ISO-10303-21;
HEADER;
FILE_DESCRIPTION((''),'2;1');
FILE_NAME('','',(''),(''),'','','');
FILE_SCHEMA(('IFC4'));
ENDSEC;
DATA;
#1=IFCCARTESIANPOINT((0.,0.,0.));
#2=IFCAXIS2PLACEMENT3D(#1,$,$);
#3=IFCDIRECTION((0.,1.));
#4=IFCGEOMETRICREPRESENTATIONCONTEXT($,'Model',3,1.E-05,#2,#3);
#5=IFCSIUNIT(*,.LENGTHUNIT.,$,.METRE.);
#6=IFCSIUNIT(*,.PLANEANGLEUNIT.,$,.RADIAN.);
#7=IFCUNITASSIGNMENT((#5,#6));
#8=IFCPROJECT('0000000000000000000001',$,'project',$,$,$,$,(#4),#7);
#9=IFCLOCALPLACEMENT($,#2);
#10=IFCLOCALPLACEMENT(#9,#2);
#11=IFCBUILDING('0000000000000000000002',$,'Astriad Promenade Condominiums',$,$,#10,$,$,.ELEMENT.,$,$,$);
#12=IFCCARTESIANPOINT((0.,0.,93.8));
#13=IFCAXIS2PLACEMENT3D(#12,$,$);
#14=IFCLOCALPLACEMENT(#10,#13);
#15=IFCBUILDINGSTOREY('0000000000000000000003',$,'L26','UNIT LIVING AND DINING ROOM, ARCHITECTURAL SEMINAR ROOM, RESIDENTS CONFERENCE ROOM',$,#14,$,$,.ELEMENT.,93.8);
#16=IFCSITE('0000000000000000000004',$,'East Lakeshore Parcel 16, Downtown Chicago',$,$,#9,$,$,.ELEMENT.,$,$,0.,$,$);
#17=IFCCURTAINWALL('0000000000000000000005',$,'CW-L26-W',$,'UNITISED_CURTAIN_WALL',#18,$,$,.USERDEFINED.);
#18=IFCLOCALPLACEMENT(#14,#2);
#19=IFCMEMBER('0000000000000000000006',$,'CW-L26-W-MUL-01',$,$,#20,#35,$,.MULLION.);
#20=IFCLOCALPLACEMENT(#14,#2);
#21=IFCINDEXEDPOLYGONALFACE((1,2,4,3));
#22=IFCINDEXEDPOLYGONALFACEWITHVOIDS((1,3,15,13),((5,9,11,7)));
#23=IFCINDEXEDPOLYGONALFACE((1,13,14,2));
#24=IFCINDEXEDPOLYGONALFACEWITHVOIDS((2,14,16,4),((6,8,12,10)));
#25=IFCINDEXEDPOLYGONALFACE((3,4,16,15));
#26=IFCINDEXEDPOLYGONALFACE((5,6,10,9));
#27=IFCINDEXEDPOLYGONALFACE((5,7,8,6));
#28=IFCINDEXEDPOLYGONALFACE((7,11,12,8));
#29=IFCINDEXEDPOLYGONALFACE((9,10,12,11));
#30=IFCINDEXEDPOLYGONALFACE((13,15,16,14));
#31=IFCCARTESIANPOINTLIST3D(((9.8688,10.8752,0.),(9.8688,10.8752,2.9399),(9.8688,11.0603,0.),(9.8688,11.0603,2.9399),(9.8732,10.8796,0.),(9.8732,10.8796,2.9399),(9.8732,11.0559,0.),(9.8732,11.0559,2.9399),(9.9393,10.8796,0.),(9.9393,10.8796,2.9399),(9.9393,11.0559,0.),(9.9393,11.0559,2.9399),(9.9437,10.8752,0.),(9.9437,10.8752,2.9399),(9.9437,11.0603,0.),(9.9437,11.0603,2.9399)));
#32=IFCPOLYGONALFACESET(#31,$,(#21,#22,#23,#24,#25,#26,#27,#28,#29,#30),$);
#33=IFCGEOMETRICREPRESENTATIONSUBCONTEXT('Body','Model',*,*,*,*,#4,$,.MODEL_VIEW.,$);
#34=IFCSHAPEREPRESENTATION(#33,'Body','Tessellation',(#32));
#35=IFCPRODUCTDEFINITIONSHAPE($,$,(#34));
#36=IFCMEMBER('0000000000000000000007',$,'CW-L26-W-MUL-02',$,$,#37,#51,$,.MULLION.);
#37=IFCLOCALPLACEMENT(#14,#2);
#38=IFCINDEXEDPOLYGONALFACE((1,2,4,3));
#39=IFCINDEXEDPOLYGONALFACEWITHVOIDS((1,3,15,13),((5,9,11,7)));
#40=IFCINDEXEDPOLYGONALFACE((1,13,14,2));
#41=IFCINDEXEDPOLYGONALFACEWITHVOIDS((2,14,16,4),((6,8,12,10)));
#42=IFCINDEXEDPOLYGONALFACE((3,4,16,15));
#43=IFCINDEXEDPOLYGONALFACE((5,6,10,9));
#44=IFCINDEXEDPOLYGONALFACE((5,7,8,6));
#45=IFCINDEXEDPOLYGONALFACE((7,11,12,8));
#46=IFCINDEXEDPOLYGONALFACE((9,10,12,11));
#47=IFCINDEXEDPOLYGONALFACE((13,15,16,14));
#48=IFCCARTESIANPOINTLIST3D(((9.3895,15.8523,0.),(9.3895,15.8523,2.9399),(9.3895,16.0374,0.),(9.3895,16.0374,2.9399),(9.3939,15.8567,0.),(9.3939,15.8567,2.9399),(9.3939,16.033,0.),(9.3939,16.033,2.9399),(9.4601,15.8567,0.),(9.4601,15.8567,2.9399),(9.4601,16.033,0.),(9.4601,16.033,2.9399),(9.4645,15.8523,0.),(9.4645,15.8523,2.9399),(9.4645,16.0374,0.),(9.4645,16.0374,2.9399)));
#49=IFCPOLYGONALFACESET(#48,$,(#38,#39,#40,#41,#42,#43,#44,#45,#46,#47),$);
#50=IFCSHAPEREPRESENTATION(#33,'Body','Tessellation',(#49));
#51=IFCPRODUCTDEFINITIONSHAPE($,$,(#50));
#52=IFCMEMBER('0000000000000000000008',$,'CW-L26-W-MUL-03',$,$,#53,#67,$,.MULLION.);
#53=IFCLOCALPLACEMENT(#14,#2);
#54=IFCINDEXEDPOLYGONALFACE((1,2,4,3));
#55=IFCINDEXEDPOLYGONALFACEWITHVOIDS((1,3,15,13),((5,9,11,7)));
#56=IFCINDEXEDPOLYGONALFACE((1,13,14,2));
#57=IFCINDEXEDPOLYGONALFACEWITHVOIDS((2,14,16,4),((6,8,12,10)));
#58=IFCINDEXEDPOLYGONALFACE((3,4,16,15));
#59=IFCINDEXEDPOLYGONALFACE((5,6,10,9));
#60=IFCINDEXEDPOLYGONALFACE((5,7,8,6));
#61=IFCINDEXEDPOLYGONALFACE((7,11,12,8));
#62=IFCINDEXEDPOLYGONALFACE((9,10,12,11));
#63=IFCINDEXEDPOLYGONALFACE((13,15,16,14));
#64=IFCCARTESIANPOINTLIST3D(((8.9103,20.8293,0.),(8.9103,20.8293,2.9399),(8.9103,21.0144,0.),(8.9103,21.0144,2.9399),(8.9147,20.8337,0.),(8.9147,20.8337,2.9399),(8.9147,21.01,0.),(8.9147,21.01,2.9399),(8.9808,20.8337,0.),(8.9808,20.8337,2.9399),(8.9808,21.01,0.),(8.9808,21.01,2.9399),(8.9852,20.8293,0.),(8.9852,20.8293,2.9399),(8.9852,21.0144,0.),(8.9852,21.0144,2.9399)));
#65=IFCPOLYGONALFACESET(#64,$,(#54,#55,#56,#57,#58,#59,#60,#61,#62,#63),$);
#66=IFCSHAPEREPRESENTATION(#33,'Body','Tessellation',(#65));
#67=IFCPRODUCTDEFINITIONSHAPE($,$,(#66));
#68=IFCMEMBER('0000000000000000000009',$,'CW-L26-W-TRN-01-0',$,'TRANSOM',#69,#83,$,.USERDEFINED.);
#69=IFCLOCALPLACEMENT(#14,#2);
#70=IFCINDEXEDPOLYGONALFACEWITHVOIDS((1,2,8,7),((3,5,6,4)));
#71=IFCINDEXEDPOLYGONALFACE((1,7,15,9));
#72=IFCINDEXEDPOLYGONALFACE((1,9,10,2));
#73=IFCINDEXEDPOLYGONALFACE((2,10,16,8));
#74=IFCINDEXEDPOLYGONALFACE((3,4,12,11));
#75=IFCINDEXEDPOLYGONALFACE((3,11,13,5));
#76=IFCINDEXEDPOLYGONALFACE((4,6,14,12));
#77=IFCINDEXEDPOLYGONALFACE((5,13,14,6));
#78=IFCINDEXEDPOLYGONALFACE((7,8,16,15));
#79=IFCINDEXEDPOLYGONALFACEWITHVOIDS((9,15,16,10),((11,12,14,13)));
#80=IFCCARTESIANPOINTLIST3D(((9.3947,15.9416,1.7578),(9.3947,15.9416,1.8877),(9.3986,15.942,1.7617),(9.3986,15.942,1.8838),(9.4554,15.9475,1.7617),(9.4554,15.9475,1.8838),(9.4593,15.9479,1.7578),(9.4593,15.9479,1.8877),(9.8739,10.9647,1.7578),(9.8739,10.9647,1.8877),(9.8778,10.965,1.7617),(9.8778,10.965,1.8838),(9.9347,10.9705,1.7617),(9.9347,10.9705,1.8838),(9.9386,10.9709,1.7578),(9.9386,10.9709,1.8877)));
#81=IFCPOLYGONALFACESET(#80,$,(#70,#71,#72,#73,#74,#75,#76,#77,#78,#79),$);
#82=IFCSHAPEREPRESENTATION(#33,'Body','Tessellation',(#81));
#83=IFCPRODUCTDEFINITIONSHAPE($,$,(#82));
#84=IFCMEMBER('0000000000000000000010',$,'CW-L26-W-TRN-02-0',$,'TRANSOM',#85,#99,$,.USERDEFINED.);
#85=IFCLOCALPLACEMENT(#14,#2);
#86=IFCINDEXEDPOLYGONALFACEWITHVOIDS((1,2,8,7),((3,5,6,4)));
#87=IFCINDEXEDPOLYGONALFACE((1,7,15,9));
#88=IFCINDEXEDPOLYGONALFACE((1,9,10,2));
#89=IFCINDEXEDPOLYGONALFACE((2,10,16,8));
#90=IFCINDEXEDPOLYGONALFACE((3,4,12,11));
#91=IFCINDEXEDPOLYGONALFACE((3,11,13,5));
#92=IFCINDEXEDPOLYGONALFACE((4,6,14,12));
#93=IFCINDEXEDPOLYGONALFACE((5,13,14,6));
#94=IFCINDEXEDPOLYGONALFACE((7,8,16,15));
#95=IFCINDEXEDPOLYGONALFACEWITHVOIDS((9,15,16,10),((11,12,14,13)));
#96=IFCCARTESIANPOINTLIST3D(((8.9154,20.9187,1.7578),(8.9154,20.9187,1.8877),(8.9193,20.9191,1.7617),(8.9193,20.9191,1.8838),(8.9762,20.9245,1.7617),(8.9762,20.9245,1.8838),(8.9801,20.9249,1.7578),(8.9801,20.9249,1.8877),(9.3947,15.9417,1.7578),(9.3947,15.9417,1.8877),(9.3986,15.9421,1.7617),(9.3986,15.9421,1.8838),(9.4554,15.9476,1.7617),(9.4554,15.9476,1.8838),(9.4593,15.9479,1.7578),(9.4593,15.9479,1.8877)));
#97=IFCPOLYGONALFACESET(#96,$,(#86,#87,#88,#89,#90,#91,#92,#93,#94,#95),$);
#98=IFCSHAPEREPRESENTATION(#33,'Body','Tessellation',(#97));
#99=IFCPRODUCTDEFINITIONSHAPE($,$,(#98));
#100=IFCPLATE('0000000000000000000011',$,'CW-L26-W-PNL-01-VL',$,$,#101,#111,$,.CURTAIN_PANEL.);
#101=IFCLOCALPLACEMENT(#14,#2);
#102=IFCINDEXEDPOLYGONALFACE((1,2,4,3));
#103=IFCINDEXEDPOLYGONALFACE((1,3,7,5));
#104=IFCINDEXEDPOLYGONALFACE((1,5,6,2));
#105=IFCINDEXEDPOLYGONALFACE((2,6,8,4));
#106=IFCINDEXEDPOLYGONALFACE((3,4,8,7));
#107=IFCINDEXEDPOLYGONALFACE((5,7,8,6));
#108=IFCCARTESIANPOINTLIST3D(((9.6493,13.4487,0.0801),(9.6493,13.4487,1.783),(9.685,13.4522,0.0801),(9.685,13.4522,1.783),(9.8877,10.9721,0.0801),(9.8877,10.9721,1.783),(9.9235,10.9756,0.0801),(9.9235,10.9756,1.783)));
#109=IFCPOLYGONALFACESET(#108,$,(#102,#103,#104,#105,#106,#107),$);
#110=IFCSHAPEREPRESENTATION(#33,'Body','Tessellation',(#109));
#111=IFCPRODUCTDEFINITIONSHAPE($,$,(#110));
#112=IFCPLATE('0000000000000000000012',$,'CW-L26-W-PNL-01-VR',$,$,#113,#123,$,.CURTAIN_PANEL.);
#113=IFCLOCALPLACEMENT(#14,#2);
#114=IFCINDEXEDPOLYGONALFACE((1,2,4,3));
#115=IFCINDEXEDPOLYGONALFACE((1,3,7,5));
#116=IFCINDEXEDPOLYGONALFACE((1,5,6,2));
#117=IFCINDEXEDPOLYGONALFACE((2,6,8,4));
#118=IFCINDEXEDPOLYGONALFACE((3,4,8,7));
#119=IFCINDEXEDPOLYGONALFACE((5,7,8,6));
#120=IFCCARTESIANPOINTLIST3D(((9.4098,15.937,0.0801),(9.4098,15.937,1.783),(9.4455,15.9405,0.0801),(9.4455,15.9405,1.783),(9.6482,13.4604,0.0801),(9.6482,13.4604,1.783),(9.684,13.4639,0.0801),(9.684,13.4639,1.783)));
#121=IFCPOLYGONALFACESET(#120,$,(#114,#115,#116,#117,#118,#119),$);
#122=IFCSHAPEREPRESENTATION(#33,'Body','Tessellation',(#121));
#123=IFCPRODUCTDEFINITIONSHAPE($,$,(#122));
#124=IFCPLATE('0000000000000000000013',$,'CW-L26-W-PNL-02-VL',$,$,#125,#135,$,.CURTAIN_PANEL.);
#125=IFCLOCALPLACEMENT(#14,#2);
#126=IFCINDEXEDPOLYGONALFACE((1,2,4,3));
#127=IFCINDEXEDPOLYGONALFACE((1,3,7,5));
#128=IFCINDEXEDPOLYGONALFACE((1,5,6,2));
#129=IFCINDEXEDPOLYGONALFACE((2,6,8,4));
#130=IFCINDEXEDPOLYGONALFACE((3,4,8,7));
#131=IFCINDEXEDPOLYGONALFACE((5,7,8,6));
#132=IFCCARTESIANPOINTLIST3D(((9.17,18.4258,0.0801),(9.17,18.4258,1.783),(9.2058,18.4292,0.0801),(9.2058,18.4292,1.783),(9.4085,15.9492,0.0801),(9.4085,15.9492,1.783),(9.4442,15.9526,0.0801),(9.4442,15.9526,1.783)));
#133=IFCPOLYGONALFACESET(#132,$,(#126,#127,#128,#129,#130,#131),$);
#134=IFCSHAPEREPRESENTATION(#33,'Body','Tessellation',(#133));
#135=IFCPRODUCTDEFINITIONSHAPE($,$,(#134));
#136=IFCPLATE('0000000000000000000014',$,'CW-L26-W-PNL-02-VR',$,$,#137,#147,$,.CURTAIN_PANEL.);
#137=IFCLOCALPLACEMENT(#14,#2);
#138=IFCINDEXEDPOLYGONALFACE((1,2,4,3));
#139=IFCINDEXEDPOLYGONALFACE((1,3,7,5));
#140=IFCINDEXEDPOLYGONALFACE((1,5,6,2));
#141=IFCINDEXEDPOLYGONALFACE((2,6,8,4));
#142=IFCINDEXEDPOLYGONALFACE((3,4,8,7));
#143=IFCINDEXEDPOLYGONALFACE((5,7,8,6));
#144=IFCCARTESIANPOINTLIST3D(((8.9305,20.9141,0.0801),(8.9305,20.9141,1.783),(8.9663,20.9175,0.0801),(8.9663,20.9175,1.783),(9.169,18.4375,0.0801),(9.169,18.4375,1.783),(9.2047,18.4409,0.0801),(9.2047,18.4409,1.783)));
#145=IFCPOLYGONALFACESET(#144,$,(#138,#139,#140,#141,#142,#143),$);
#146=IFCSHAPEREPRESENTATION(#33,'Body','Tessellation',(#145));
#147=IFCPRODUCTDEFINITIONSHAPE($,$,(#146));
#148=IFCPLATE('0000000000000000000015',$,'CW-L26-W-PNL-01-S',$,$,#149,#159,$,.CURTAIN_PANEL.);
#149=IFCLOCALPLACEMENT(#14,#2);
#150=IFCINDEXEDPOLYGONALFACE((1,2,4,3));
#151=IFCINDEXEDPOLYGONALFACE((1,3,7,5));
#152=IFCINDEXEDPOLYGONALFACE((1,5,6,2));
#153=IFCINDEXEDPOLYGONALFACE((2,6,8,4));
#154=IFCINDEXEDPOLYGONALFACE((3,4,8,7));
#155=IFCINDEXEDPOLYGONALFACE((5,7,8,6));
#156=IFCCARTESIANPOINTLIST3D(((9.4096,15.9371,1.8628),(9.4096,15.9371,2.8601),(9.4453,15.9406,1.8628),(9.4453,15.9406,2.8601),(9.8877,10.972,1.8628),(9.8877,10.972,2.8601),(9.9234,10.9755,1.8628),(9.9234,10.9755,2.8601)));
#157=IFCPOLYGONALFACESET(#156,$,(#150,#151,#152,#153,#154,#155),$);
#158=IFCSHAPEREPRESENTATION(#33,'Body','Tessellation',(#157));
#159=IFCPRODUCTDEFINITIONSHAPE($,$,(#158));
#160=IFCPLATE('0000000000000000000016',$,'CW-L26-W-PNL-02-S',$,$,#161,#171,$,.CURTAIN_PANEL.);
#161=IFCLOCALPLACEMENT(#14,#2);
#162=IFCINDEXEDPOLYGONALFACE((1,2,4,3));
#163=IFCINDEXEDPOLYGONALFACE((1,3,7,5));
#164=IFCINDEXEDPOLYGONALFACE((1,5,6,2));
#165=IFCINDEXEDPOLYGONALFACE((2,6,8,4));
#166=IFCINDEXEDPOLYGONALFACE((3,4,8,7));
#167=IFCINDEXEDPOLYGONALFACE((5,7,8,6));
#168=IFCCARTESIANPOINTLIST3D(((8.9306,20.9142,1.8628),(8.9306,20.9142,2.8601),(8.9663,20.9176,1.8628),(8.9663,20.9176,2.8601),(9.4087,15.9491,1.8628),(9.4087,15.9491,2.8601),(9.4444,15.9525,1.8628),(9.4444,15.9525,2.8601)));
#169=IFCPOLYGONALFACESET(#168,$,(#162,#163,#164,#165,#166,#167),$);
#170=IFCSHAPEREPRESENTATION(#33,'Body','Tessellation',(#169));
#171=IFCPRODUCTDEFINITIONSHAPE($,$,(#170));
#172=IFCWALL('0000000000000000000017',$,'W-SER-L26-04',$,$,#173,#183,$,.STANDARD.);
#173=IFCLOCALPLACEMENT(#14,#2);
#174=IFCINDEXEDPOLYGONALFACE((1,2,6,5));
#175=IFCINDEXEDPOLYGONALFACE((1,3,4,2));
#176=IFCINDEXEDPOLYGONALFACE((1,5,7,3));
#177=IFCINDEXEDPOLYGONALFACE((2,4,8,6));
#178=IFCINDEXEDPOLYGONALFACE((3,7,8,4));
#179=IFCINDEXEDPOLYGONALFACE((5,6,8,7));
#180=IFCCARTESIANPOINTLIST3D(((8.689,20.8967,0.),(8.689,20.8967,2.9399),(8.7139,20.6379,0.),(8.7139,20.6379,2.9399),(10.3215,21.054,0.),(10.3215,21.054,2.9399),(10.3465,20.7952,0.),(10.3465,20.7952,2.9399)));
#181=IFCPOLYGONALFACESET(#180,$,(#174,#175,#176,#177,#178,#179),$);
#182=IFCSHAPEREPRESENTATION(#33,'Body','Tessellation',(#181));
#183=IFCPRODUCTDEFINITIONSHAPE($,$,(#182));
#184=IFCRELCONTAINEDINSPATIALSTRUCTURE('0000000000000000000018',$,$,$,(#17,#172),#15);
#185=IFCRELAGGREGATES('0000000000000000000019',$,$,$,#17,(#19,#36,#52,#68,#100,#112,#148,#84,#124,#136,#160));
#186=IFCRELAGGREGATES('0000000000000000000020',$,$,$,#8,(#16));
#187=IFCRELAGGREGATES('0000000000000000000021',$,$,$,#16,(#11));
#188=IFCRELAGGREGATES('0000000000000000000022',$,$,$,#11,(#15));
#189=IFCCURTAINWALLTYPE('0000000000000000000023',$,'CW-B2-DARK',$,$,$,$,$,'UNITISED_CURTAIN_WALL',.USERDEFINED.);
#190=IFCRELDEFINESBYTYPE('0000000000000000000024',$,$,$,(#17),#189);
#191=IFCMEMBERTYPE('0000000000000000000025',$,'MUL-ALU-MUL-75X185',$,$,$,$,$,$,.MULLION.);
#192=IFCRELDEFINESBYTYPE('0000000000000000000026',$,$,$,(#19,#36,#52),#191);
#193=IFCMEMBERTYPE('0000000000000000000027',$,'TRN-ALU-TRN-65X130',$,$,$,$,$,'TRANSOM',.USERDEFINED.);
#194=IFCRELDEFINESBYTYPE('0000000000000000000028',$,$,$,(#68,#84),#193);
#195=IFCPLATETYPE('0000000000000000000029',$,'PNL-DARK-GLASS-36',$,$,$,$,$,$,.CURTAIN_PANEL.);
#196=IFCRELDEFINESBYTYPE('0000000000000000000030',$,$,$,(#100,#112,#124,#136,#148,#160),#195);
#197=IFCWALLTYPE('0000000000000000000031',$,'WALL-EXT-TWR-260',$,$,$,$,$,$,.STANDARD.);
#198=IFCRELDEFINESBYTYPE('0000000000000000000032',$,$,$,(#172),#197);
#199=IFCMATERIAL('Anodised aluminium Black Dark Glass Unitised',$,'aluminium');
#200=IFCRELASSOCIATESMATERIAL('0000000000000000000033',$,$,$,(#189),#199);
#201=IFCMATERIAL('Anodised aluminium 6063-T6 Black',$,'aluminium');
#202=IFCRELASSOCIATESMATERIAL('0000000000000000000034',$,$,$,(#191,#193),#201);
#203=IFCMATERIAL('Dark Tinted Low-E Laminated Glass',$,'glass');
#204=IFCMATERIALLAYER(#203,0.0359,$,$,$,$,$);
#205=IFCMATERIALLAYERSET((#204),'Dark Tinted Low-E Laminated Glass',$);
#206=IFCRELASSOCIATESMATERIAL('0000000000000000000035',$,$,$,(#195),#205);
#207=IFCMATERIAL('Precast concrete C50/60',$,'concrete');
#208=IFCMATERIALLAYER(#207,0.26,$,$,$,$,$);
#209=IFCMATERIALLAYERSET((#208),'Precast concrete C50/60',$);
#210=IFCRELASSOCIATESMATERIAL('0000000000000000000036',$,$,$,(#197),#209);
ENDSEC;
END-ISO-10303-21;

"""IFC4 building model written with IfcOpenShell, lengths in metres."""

from ifc_helpers import new_model, si_unit, direction, frame, frame_2d, origin, origin_2d, place, context, subcontext, project, spatial, rectangle, hollow_rectangle, extrude, source, transform, mapped, material, layer, layer_set, material_profile, profile_set, type_object, type_shapes, element, aggregate, save


model = new_model("IFC4")

# Units and contexts
model_context = context("Model", 3, precision=1e-05, world=origin(), true_north=direction((0.0, 1.0)))
body_context = subcontext(model_context, "Body", "Model", "MODEL_VIEW")
ifc_project = project(units=[si_unit("LENGTHUNIT", "METRE"), si_unit("PLANEANGLEUNIT", "RADIAN")], contexts=[model_context])

# Site, building, storey
site_placement = place(None, origin())
site = spatial("IfcSite", under=ifc_project, at=site_placement, Name="East Lakeshore Parcel 16, Downtown Chicago", CompositionType="ELEMENT", RefElevation=0.0)
building_placement = place(site_placement, origin())
building = spatial("IfcBuilding", under=site, at=building_placement, Name="Astriad Promenade Condominiums", CompositionType="ELEMENT")
storey_placement = place(building_placement, frame((0.0, 0.0, 93.8)))
storey = spatial("IfcBuildingStorey", under=building, at=storey_placement, Name="L26", Description="UNIT LIVING AND DINING ROOM, ARCHITECTURAL SEMINAR ROOM, RESIDENTS CONFERENCE ROOM", CompositionType="ELEMENT", Elevation=93.8)

# Curtain wall, members, plates
ifc_material_1 = material(Name="Anodised aluminium Black Dark Glass Unitised", Category="aluminium")
curtain_wall_type = type_object("IfcCurtainWallType", Name="CW-B2-DARK", ElementType="UNITISED_CURTAIN_WALL", PredefinedType="USERDEFINED", material=ifc_material_1)
curtain_wall_placement = place(storey_placement, origin())
curtain_wall = element("IfcCurtainWall", 1, at=curtain_wall_placement, inside=storey, type_object=curtain_wall_type, Name="CW-L26-W", ObjectType="UNITISED_CURTAIN_WALL", PredefinedType="USERDEFINED")
ifc_material_2 = material(Name="Anodised aluminium 6063-T6 Black", Category="aluminium")
ifc_material_profile_1 = material_profile(ifc_material_2, hollow_rectangle(XDim=0.075, YDim=0.1851, WallThickness=0.0044, at=origin_2d()), Name="ALU-MUL-75X185")
ifc_profile_set_1 = profile_set([ifc_material_profile_1], Name="Anodised aluminium 6063-T6 Black")
member_type_1 = type_object("IfcMemberType", Name="MUL-ALU-MUL-75X185", PredefinedType="MULLION", material=ifc_profile_set_1)
shared_shape_1 = source(origin(), body_context, "Body", "SweptSolid", [
    extrude(hollow_rectangle(XDim=0.075, YDim=0.1851, WallThickness=0.0044, at=origin_2d()), origin(), (0.0, 0.0, 1.0), 2.9399),
])
type_shapes(member_type_1, [shared_shape_1])
member_1_placement = place(storey_placement, frame((9.9062, 10.9678, 0.0), z_axis=(0.0, 0.0, 1.0), x_axis=(1.0, 0.0, 0.0)))
member_1 = element("IfcMember", 2, at=member_1_placement, type_object=member_type_1, Name="CW-L26-W-MUL-01", PredefinedType="MULLION", context=body_context, shape_type="MappedRepresentation", body=[
    mapped(shared_shape_1, transform((0.0, 0.0, 0.0), scale=1.0)),
])
member_2_placement = place(storey_placement, frame((9.427, 15.9448, 0.0), z_axis=(0.0, 0.0, 1.0), x_axis=(1.0, 0.0, 0.0)))
member_2 = element("IfcMember", 3, at=member_2_placement, type_object=member_type_1, Name="CW-L26-W-MUL-02", PredefinedType="MULLION", context=body_context, shape_type="MappedRepresentation", body=[
    mapped(shared_shape_1, transform((0.0, 0.0, 0.0), scale=1.0)),
])
member_3_placement = place(storey_placement, frame((8.9478, 20.9219, 0.0), z_axis=(0.0, 0.0, 1.0), x_axis=(1.0, 0.0, 0.0)))
member_3 = element("IfcMember", 4, at=member_3_placement, type_object=member_type_1, Name="CW-L26-W-MUL-03", PredefinedType="MULLION", context=body_context, shape_type="MappedRepresentation", body=[
    mapped(shared_shape_1, transform((0.0, 0.0, 0.0), scale=1.0)),
])
ifc_material_profile_2 = material_profile(ifc_material_2, hollow_rectangle(XDim=0.0649, YDim=0.1299, WallThickness=0.0039, at=origin_2d()), Name="ALU-TRN-65X130")
ifc_profile_set_2 = profile_set([ifc_material_profile_2], Name="Anodised aluminium 6063-T6 Black")
member_type_2 = type_object("IfcMemberType", Name="TRN-ALU-TRN-65X130", ElementType="TRANSOM", PredefinedType="USERDEFINED", material=ifc_profile_set_2)
shared_shape_2 = source(origin(), body_context, "Body", "SweptSolid", [
    extrude(hollow_rectangle(XDim=0.0649, YDim=0.1299, WallThickness=0.0039, at=origin_2d()), origin(), (0.0, 0.0, 1.0), 5.0),
])
type_shapes(member_type_2, [shared_shape_2])
member_4_placement = place(storey_placement, frame((9.9062, 10.9678, 1.8228), z_axis=(-0.095848, 0.995396, 0.0), x_axis=(-0.995396, -0.095848, 0.0)))
member_4 = element("IfcMember", 5, at=member_4_placement, type_object=member_type_2, Name="CW-L26-W-TRN-01-0", ObjectType="TRANSOM", PredefinedType="USERDEFINED", context=body_context, shape_type="MappedRepresentation", body=[
    mapped(shared_shape_2, transform((0.0, 0.0, 0.0), scale=1.0)),
])
member_5_placement = place(storey_placement, frame((9.427, 15.9448, 1.8228), z_axis=(-0.095848, 0.995396, 0.0), x_axis=(-0.995396, -0.095848, 0.0)))
member_5 = element("IfcMember", 6, at=member_5_placement, type_object=member_type_2, Name="CW-L26-W-TRN-02-0", ObjectType="TRANSOM", PredefinedType="USERDEFINED", context=body_context, shape_type="MappedRepresentation", body=[
    mapped(shared_shape_2, transform((0.0, 0.0, 0.0), scale=1.0)),
])
ifc_material_3 = material(Name="Dark Tinted Low-E Laminated Glass", Category="glass")
ifc_layer_1 = layer(ifc_material_3, 0.0359)
ifc_layer_set_1 = layer_set([ifc_layer_1], Name="Dark Tinted Low-E Laminated Glass")
plate_type = type_object("IfcPlateType", Name="PNL-DARK-GLASS-36", PredefinedType="CURTAIN_PANEL", material=ifc_layer_set_1)
shared_shape_3 = source(origin(), body_context, "Body", "SweptSolid", [
    extrude(rectangle(XDim=2.488, YDim=0.0359, at=origin_2d()), origin(), (0.0, 0.0, 1.0), 1.7029),
])
plate_1_placement = place(storey_placement, frame((9.7864, 12.2122, 0.0801), z_axis=(0.0, 0.0, 1.0), x_axis=(-0.095846, 0.995396, 0.0)))
plate_1 = element("IfcPlate", 7, at=plate_1_placement, type_object=plate_type, Name="CW-L26-W-PNL-01-VL", PredefinedType="CURTAIN_PANEL", context=body_context, shape_type="MappedRepresentation", body=[
    mapped(shared_shape_3, transform((0.0, 0.0, 0.0), scale=1.0)),
])
plate_2_placement = place(storey_placement, frame((9.5469, 14.7004, 0.0801), z_axis=(0.0, 0.0, 1.0), x_axis=(-0.095846, 0.995396, 0.0)))
plate_2 = element("IfcPlate", 8, at=plate_2_placement, type_object=plate_type, Name="CW-L26-W-PNL-01-VR", PredefinedType="CURTAIN_PANEL", context=body_context, shape_type="MappedRepresentation", body=[
    mapped(shared_shape_3, transform((0.0, 0.0, 0.0), scale=1.0)),
])
plate_3_placement = place(storey_placement, frame((9.3071, 17.1892, 0.0801), z_axis=(0.0, 0.0, 1.0), x_axis=(-0.095846, 0.995396, 0.0)))
plate_3 = element("IfcPlate", 9, at=plate_3_placement, type_object=plate_type, Name="CW-L26-W-PNL-02-VL", PredefinedType="CURTAIN_PANEL", context=body_context, shape_type="MappedRepresentation", body=[
    mapped(shared_shape_3, transform((0.0, 0.0, 0.0), scale=1.0)),
])
plate_4_placement = place(storey_placement, frame((9.0676, 19.6775, 0.0801), z_axis=(0.0, 0.0, 1.0), x_axis=(-0.095846, 0.995396, 0.0)))
plate_4 = element("IfcPlate", 10, at=plate_4_placement, type_object=plate_type, Name="CW-L26-W-PNL-02-VR", PredefinedType="CURTAIN_PANEL", context=body_context, shape_type="MappedRepresentation", body=[
    mapped(shared_shape_3, transform((0.0, 0.0, 0.0), scale=1.0)),
])
shared_shape_4 = source(origin(), body_context, "Body", "SweptSolid", [
    extrude(rectangle(XDim=4.988, YDim=0.0359, at=origin_2d()), origin(), (0.0, 0.0, 1.0), 0.9973),
])
type_shapes(plate_type, [shared_shape_3, shared_shape_4])
plate_5_placement = place(storey_placement, frame((9.6665, 13.4563, 1.8628), z_axis=(0.0, 0.0, 1.0), x_axis=(-0.095846, 0.995396, 0.0)))
plate_5 = element("IfcPlate", 11, at=plate_5_placement, type_object=plate_type, Name="CW-L26-W-PNL-01-S", PredefinedType="CURTAIN_PANEL", context=body_context, shape_type="MappedRepresentation", body=[
    mapped(shared_shape_4, transform((0.0, 0.0, 0.0), scale=1.0)),
])
plate_6_placement = place(storey_placement, frame((9.1875, 18.4333, 1.8628), z_axis=(0.0, 0.0, 1.0), x_axis=(-0.095846, 0.995396, 0.0)))
plate_6 = element("IfcPlate", 12, at=plate_6_placement, type_object=plate_type, Name="CW-L26-W-PNL-02-S", PredefinedType="CURTAIN_PANEL", context=body_context, shape_type="MappedRepresentation", body=[
    mapped(shared_shape_4, transform((0.0, 0.0, 0.0), scale=1.0)),
])
aggregate(curtain_wall, [member_1, member_2, member_3, member_4, plate_1, plate_2, plate_5, member_5, plate_3, plate_4, plate_6])

# Wall
ifc_material_4 = material(Name="Precast concrete C50/60", Category="concrete")
ifc_layer_2 = layer(ifc_material_4, 0.26)
ifc_layer_set_2 = layer_set([ifc_layer_2], Name="Precast concrete C50/60")
wall_type_1 = type_object("IfcWallType", Name="WALL-EXT-TWR-260", PredefinedType="STANDARD", material=ifc_layer_set_2)
wall_1_placement = place(storey_placement, frame((8.7014, 20.7673, 0.0), z_axis=(0.0, 0.0, 1.0), x_axis=(0.995395, 0.095863, 0.0)))
element("IfcWall", 13, at=wall_1_placement, inside=storey, type_object=wall_type_1, Name="W-SER-L26-04", PredefinedType="STANDARD", context=body_context, shape_type="SweptSolid", body=[
    extrude(rectangle(XDim=1.6401, YDim=0.26, at=frame_2d((0.8201, 0.0))), origin(), (0.0, 0.0, 1.0), 2.9399),
])

save(model, "model.ifc")
